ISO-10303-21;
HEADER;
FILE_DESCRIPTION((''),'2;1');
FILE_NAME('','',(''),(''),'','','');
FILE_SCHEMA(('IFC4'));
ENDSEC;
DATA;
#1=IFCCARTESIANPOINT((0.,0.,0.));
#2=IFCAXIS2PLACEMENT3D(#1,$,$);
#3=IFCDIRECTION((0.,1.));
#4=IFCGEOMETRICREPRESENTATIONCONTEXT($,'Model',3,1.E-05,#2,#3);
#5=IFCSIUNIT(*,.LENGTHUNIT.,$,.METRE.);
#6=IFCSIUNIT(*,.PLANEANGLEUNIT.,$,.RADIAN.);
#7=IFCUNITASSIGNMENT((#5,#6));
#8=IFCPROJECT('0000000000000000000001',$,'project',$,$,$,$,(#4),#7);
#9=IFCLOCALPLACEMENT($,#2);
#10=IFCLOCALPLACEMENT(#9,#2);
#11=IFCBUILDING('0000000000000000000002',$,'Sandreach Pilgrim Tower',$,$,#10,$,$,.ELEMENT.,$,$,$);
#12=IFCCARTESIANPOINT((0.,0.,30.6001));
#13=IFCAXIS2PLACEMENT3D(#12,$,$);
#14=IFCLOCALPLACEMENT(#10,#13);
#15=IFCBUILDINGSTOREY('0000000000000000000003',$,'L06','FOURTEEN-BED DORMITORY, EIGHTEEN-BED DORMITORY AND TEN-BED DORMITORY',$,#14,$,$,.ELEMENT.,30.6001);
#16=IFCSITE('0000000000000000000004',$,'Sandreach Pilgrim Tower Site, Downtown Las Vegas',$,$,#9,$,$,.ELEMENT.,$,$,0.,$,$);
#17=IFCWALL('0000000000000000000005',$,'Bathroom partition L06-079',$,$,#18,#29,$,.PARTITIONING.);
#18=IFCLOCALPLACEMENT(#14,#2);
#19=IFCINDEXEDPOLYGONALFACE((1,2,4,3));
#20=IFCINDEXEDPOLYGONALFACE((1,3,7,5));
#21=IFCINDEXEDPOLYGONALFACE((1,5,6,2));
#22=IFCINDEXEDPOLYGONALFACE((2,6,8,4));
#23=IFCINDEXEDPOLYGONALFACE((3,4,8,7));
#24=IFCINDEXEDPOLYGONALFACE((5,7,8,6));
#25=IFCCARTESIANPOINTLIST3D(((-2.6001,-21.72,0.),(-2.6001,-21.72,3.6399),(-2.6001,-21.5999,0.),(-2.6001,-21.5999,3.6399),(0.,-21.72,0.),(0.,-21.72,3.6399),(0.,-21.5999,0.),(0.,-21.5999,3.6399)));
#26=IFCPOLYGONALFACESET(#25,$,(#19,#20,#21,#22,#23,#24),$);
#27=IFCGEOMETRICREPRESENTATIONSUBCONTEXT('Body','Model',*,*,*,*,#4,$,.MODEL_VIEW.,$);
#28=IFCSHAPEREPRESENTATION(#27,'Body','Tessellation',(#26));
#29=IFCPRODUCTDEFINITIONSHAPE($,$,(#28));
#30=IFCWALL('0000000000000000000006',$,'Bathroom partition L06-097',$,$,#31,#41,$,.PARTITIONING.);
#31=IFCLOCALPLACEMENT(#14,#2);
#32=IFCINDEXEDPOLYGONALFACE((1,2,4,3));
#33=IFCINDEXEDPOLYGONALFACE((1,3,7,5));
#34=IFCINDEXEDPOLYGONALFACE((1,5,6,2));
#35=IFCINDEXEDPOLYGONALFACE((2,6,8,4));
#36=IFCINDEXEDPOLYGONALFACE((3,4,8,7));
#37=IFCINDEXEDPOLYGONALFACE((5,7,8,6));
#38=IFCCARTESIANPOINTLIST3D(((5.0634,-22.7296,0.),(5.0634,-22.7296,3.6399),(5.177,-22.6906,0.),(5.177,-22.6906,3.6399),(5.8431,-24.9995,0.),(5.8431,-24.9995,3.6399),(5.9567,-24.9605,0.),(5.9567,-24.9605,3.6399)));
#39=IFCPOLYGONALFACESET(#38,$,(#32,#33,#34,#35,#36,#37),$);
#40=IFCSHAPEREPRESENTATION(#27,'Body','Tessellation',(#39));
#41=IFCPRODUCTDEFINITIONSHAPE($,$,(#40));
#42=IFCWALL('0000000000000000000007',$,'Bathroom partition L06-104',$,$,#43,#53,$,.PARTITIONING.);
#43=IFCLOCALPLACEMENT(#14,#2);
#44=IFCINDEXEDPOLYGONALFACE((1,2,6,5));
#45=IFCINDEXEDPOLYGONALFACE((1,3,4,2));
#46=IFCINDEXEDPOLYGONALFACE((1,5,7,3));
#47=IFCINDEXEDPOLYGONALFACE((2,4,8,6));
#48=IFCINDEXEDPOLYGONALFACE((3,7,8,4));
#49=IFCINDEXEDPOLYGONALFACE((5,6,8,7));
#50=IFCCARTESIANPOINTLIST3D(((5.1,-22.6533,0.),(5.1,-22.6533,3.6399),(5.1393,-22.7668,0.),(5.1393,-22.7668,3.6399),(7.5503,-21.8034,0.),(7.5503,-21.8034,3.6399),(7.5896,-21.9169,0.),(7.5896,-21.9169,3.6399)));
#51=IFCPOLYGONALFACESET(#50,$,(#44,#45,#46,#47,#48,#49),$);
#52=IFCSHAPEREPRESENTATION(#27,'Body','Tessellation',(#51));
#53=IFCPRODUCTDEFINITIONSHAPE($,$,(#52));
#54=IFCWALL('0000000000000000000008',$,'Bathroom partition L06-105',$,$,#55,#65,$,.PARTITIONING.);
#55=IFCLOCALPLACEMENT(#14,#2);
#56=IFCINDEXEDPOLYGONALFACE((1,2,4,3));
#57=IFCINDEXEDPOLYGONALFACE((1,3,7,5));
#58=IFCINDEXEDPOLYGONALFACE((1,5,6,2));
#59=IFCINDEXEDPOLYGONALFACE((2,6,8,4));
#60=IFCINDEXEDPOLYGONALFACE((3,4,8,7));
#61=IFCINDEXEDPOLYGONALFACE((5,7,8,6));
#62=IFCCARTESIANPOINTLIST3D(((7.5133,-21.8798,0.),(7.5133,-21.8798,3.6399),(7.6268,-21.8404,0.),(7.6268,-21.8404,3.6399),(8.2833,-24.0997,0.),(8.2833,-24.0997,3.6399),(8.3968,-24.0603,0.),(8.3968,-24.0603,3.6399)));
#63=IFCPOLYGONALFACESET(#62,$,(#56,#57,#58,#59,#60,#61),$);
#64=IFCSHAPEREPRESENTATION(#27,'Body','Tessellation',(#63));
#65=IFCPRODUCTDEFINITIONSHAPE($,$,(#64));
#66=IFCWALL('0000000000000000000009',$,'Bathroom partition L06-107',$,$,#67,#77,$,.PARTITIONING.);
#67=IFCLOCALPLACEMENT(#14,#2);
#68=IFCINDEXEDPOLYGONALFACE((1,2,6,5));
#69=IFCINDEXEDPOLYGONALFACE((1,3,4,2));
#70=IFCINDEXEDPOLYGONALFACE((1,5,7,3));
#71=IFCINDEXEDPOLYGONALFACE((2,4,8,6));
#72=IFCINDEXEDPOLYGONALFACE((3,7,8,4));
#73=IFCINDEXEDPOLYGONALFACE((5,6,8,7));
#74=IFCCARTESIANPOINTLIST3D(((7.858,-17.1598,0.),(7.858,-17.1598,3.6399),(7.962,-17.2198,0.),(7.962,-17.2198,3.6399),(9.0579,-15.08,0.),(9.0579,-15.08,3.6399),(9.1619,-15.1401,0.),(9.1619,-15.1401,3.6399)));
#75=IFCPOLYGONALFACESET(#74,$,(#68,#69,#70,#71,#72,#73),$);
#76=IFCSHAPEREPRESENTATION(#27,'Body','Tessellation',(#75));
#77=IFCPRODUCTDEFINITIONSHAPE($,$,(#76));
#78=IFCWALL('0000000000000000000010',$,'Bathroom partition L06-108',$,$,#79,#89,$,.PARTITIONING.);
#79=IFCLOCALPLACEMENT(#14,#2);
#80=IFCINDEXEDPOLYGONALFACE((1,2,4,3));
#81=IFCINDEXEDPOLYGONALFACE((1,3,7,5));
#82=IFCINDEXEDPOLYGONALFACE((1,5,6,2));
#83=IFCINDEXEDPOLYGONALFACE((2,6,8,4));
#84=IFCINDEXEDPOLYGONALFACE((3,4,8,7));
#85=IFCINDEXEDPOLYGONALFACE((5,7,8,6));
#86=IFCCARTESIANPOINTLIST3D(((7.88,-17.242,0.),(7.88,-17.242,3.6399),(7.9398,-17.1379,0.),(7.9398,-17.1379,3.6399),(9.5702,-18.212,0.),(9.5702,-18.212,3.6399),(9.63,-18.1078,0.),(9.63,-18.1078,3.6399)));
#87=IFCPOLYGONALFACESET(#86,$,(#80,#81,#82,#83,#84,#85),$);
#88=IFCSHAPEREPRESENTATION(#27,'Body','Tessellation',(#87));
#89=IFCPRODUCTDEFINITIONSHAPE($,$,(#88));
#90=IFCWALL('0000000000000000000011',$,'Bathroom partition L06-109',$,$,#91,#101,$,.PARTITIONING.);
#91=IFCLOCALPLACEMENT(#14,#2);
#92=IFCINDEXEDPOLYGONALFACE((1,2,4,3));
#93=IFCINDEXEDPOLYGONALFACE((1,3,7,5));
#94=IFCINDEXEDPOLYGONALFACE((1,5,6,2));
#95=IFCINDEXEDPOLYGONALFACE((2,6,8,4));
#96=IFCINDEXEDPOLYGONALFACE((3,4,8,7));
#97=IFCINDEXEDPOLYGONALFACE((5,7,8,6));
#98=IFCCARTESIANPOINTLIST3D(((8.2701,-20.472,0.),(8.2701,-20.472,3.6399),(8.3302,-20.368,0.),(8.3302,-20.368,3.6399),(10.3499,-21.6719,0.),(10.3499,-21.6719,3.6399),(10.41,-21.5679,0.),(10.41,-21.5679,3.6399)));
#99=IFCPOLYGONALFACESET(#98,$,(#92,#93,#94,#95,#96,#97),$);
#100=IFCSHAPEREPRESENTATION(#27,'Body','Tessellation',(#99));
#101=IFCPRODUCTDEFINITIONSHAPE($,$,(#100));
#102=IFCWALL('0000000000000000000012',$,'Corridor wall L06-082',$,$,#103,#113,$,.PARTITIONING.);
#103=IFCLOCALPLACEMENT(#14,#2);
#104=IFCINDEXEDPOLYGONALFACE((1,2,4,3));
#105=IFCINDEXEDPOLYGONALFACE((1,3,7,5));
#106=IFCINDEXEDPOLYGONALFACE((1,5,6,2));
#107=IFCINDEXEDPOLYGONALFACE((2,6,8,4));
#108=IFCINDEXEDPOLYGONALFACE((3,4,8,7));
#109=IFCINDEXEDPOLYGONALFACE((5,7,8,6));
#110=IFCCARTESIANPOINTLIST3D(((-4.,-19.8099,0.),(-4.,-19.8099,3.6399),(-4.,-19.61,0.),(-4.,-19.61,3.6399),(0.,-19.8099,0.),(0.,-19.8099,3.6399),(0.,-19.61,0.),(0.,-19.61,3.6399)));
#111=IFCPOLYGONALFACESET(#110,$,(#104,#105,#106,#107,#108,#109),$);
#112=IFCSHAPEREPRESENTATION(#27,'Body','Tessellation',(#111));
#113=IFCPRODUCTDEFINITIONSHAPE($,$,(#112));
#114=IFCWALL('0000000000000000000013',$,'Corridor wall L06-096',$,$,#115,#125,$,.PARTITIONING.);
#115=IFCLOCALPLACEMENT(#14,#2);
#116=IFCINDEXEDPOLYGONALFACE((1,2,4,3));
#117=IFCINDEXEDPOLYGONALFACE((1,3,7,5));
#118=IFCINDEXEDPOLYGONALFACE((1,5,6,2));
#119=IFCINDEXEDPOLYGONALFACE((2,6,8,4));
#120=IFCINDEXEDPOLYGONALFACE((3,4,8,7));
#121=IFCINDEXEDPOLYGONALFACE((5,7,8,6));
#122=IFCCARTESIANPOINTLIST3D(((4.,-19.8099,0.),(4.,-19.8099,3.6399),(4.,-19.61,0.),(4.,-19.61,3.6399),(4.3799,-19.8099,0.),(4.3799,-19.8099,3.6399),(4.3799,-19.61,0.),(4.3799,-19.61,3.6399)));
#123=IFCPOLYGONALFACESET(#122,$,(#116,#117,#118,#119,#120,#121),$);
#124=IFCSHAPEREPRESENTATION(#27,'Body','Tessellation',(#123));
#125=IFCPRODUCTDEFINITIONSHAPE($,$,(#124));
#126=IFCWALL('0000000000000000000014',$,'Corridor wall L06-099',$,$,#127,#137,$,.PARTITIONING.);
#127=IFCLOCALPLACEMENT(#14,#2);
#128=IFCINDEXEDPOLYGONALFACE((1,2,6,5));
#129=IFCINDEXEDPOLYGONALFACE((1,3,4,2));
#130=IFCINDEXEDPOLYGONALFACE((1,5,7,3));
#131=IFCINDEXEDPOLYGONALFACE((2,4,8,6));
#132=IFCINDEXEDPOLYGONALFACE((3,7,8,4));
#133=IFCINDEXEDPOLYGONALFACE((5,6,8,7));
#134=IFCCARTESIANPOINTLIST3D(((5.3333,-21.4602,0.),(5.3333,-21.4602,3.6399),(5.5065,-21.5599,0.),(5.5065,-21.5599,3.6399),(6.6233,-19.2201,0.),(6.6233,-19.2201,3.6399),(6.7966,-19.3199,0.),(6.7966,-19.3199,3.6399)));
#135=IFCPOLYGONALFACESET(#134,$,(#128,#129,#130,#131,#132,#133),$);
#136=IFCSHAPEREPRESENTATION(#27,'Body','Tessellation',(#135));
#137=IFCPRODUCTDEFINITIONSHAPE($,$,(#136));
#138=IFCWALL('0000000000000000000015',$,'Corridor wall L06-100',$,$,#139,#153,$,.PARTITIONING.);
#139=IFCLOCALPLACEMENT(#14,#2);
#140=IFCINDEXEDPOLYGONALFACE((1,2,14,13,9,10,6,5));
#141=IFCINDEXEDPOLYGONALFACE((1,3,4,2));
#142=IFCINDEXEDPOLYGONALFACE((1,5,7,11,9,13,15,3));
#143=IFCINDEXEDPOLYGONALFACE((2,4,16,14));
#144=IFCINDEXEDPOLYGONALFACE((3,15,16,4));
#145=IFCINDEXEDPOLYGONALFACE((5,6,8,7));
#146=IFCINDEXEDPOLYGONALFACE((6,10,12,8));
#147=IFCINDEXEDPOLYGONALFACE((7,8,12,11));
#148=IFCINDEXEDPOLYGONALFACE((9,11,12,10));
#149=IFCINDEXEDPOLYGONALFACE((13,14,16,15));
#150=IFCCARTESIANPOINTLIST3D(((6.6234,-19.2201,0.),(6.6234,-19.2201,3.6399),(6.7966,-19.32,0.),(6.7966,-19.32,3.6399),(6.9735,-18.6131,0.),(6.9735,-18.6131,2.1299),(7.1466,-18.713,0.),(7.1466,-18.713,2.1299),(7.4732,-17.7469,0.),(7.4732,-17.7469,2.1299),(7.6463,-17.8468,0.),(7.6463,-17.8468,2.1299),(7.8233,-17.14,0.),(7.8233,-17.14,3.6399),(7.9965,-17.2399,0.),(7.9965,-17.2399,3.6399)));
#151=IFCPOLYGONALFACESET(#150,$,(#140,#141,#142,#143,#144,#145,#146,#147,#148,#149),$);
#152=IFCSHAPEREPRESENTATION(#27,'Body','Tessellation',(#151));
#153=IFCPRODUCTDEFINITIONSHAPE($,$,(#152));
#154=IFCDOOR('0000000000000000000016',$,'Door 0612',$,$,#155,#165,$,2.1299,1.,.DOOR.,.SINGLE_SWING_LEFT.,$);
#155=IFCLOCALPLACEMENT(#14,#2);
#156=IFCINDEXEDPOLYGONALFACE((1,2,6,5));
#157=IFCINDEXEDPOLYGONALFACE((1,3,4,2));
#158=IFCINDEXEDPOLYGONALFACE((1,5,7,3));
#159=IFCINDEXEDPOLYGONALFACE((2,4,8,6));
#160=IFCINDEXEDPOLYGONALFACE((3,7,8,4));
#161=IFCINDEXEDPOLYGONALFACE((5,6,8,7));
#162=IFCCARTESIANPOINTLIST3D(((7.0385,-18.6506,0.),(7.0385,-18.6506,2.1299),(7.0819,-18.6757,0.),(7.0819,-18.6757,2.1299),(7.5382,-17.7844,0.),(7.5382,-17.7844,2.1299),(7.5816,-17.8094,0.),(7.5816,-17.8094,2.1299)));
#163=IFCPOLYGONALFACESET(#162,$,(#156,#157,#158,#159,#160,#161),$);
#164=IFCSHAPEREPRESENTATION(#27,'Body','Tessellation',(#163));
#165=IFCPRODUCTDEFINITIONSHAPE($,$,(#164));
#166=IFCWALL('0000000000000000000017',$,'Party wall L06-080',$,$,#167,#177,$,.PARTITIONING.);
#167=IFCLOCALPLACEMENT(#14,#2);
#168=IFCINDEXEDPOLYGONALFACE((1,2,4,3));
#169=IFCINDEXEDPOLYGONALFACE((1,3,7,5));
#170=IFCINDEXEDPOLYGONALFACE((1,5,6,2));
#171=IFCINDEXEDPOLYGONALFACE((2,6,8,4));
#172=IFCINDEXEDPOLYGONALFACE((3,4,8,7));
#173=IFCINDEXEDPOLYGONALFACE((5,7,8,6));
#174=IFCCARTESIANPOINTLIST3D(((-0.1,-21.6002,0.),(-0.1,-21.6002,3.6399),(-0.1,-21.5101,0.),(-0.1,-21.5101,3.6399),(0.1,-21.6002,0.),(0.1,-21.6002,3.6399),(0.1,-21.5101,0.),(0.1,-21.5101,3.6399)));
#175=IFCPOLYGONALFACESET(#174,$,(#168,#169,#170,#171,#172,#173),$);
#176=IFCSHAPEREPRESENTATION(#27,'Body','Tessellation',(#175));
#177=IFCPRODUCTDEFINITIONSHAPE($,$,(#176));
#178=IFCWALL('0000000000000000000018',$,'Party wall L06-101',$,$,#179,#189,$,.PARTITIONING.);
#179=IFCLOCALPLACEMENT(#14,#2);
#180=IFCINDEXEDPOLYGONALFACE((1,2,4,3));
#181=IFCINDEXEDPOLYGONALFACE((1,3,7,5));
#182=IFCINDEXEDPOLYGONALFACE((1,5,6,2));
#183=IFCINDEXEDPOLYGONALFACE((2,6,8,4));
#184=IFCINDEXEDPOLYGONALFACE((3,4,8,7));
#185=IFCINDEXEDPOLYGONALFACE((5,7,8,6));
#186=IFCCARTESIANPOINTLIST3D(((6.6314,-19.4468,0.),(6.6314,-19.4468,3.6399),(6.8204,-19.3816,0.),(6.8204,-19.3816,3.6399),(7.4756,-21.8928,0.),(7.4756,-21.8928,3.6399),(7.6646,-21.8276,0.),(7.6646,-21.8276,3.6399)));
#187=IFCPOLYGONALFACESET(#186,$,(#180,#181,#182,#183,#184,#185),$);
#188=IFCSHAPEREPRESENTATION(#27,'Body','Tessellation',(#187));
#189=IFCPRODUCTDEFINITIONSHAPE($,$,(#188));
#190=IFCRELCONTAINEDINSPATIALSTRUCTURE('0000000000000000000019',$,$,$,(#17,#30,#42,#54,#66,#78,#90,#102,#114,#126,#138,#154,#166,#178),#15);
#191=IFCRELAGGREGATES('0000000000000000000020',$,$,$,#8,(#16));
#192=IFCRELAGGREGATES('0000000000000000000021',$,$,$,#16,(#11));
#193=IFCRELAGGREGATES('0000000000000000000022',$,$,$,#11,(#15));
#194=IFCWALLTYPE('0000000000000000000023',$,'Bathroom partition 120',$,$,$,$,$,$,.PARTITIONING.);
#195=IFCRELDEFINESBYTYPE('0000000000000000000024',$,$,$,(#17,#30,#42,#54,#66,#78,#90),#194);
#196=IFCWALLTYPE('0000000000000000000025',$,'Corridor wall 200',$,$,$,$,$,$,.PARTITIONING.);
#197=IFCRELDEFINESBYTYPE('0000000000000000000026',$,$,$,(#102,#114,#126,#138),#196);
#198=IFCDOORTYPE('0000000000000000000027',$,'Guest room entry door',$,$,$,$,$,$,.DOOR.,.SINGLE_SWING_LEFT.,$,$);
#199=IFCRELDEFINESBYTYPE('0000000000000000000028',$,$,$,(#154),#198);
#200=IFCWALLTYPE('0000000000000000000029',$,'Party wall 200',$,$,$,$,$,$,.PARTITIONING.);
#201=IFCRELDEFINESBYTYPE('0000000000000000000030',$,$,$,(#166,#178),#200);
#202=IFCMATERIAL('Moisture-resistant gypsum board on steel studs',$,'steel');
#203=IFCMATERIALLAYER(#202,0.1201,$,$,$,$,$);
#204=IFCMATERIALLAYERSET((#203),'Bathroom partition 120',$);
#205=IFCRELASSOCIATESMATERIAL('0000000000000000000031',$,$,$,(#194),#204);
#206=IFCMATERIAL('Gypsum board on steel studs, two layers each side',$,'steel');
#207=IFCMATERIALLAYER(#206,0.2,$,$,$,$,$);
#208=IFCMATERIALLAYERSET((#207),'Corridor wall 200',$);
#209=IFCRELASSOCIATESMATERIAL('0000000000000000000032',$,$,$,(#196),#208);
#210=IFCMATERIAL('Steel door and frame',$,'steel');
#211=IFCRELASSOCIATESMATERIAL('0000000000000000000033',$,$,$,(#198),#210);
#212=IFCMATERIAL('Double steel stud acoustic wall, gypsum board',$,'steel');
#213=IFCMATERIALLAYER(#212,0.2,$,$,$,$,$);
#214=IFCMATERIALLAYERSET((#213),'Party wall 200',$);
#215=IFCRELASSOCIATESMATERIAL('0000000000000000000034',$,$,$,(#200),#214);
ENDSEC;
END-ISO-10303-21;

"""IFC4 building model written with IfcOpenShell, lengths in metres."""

from ifc_helpers import new_model, si_unit, direction, frame, frame_2d, origin, place, context, subcontext, project, spatial, rectangle, extrude, material, layer, layer_set, type_object, element, fill, save


model = new_model("IFC4")

# Units and contexts
model_context = context("Model", 3, precision=1e-05, world=origin(), true_north=direction((0.0, 1.0)))
body_context = subcontext(model_context, "Body", "Model", "MODEL_VIEW")
ifc_project = project(units=[si_unit("LENGTHUNIT", "METRE"), si_unit("PLANEANGLEUNIT", "RADIAN")], contexts=[model_context])

# Site, building, storey
site_placement = place(None, origin())
site = spatial("IfcSite", under=ifc_project, at=site_placement, Name="Sandreach Pilgrim Tower Site, Downtown Las Vegas", CompositionType="ELEMENT", RefElevation=0.0)
building_placement = place(site_placement, origin())
building = spatial("IfcBuilding", under=site, at=building_placement, Name="Sandreach Pilgrim Tower", CompositionType="ELEMENT")
storey_placement = place(building_placement, frame((0.0, 0.0, 30.6001)))
storey = spatial("IfcBuildingStorey", under=building, at=storey_placement, Name="L06", Description="FOURTEEN-BED DORMITORY, EIGHTEEN-BED DORMITORY AND TEN-BED DORMITORY", CompositionType="ELEMENT", Elevation=30.6001)

# Walls
ifc_material_1 = material(Name="Moisture-resistant gypsum board on steel studs", Category="steel")
ifc_layer_1 = layer(ifc_material_1, 0.1201)
ifc_layer_set_1 = layer_set([ifc_layer_1], Name="Bathroom partition 120")
wall_type_1 = type_object("IfcWallType", Name="Bathroom partition 120", PredefinedType="PARTITIONING", material=ifc_layer_set_1)
wall_1_placement = place(storey_placement, frame((0.0, -21.6599, 0.0), z_axis=(0.0, 0.0, 1.0), x_axis=(-1.0, 0.0, 0.0)))
element("IfcWall", 1, at=wall_1_placement, inside=storey, type_object=wall_type_1, Name="Bathroom partition L06-079", PredefinedType="PARTITIONING", context=body_context, shape_type="SweptSolid", body=[
    extrude(rectangle(XDim=2.6001, YDim=0.1201, at=frame_2d((1.3, 0.0))), origin(), (0.0, 0.0, 1.0), 3.6399),
])
wall_2_placement = place(storey_placement, frame((5.1201, -22.71, 0.0), z_axis=(0.0, 0.0, 1.0), x_axis=(0.324881, -0.945755, 0.0)))
element("IfcWall", 2, at=wall_2_placement, inside=storey, type_object=wall_type_1, Name="Bathroom partition L06-097", PredefinedType="PARTITIONING", context=body_context, shape_type="SweptSolid", body=[
    extrude(rectangle(XDim=2.4001, YDim=0.1201, at=frame_2d((1.2002, 0.0))), origin(), (0.0, 0.0, 1.0), 3.6399),
])
wall_3_placement = place(storey_placement, frame((7.5701, -21.8601, 0.0), z_axis=(0.0, 0.0, 1.0), x_axis=(-0.944782, -0.327699, 0.0)))
element("IfcWall", 3, at=wall_3_placement, inside=storey, type_object=wall_type_1, Name="Bathroom partition L06-104", PredefinedType="PARTITIONING", context=body_context, shape_type="SweptSolid", body=[
    extrude(rectangle(XDim=2.5935, YDim=0.1201, at=frame_2d((1.2969, 0.0))), origin(), (0.0, 0.0, 1.0), 3.6399),
])
wall_4_placement = place(storey_placement, frame((7.5701, -21.8601, 0.0), z_axis=(0.0, 0.0, 1.0), x_axis=(0.327706, -0.94478, 0.0)))
element("IfcWall", 4, at=wall_4_placement, inside=storey, type_object=wall_type_1, Name="Bathroom partition L06-105", PredefinedType="PARTITIONING", context=body_context, shape_type="SweptSolid", body=[
    extrude(rectangle(XDim=2.3496, YDim=0.1201, at=frame_2d((1.1748, 0.0))), origin(), (0.0, 0.0, 1.0), 3.6399),
])
wall_5_placement = place(storey_placement, frame((7.9099, -17.1899, 0.0), z_axis=(0.0, 0.0, 1.0), x_axis=(0.499737, 0.866177, 0.0)))
element("IfcWall", 5, at=wall_5_placement, inside=storey, type_object=wall_type_1, Name="Bathroom partition L06-107", PredefinedType="PARTITIONING", context=body_context, shape_type="SweptSolid", body=[
    extrude(rectangle(XDim=2.4011, YDim=0.1201, at=frame_2d((1.2007, 0.0))), origin(), (0.0, 0.0, 1.0), 3.6399),
])
wall_6_placement = place(storey_placement, frame((7.9099, -17.1899, 0.0), z_axis=(0.0, 0.0, 1.0), x_axis=(0.867324, -0.497744, 0.0)))
element("IfcWall", 6, at=wall_6_placement, inside=storey, type_object=wall_type_1, Name="Bathroom partition L06-108", PredefinedType="PARTITIONING", context=body_context, shape_type="SweptSolid", body=[
    extrude(rectangle(XDim=1.9487, YDim=0.1201, at=frame_2d((0.9744, 0.0))), origin(), (0.0, 0.0, 1.0), 3.6399),
])
wall_7_placement = place(storey_placement, frame((8.3, -20.4199, 0.0), z_axis=(0.0, 0.0, 1.0), x_axis=(0.866177, -0.499737, 0.0)))
element("IfcWall", 7, at=wall_7_placement, inside=storey, type_object=wall_type_1, Name="Bathroom partition L06-109", PredefinedType="PARTITIONING", context=body_context, shape_type="SweptSolid", body=[
    extrude(rectangle(XDim=2.4011, YDim=0.1201, at=frame_2d((1.2007, 0.0))), origin(), (0.0, 0.0, 1.0), 3.6399),
])

# Shared definitions
ifc_material_2 = material(Name="Gypsum board on steel studs, two layers each side", Category="steel")
ifc_layer_2 = layer(ifc_material_2, 0.2)
ifc_layer_set_2 = layer_set([ifc_layer_2], Name="Corridor wall 200")
wall_type_2 = type_object("IfcWallType", Name="Corridor wall 200", PredefinedType="PARTITIONING", material=ifc_layer_set_2)
ifc_material_3 = material(Name="Steel door and frame", Category="steel")
door_type_1 = type_object("IfcDoorType", Name="Guest room entry door", OperationType="SINGLE_SWING_LEFT", PredefinedType="DOOR", material=ifc_material_3)

# Wall
wall_8_placement = place(storey_placement, frame((0.0, -19.71, 0.0), z_axis=(0.0, 0.0, 1.0), x_axis=(-1.0, 0.0, 0.0)))
element("IfcWall", 8, at=wall_8_placement, inside=storey, type_object=wall_type_2, Name="Corridor wall L06-082", PredefinedType="PARTITIONING", context=body_context, shape_type="SweptSolid", body=[
    extrude(rectangle(XDim=4.0, YDim=0.2, at=frame_2d((2.0, 0.0))), origin(), (0.0, 0.0, 1.0), 3.6399),
])

# Walls
wall_9_placement = place(storey_placement, frame((4.3799, -19.71, 0.0), z_axis=(0.0, 0.0, 1.0), x_axis=(-1.0, 0.0, 0.0)))
element("IfcWall", 9, at=wall_9_placement, inside=storey, type_object=wall_type_2, Name="Corridor wall L06-096", PredefinedType="PARTITIONING", context=body_context, shape_type="SweptSolid", body=[
    extrude(rectangle(XDim=0.3799, YDim=0.2, at=frame_2d((0.1899, 0.0))), origin(), (0.0, 0.0, 1.0), 3.6399),
])
wall_10_placement = place(storey_placement, frame((6.71, -19.27, 0.0), z_axis=(0.0, 0.0, 1.0), x_axis=(-0.499065, -0.866564, 0.0)))
element("IfcWall", 10, at=wall_10_placement, inside=storey, type_object=wall_type_2, Name="Corridor wall L06-099", PredefinedType="PARTITIONING", context=body_context, shape_type="SweptSolid", body=[
    extrude(rectangle(XDim=2.585, YDim=0.2, at=frame_2d((1.2925, 0.0))), origin(), (0.0, 0.0, 1.0), 3.6399),
])

# Wall, opening, door
wall_11_placement = place(storey_placement, frame((6.71, -19.27, 0.0), z_axis=(0.0, 0.0, 1.0), x_axis=(0.499693, 0.866203, 0.0)))
wall_11 = element("IfcWall", 11, at=wall_11_placement, inside=storey, type_object=wall_type_2, Name="Corridor wall L06-100", PredefinedType="PARTITIONING", context=body_context, shape_type="SweptSolid", body=[
    extrude(rectangle(XDim=2.4014, YDim=0.2, at=frame_2d((1.2007, 0.0))), origin(), (0.0, 0.0, 1.0), 3.6399),
])
opening_1_placement = place(wall_11_placement, frame((0.7007, 0.0, 0.0)))
opening_1 = element("IfcOpeningElement", 12, at=opening_1_placement, cuts=wall_11, PredefinedType="OPENING", context=body_context, shape_type="SweptSolid", body=[
    extrude(rectangle(XDim=1.0, YDim=2.1299, at=frame_2d((0.5, 1.0649))), frame((0.0, 0.1001, 0.0), z_axis=(0.0, -1.0, 0.0), x_axis=(1.0, 0.0, 0.0)), (0.0, 0.0, 1.0), 0.2),
])
door_1_placement = place(opening_1_placement, origin())
door_1 = element("IfcDoor", 13, at=door_1_placement, inside=storey, type_object=door_type_1, Name="Door 0612", OperationType="SINGLE_SWING_LEFT", OverallHeight=2.1299, OverallWidth=1.0, PredefinedType="DOOR", context=body_context, shape_type="SweptSolid", body=[
    extrude(rectangle(XDim=1.0, YDim=2.1299, at=frame_2d((0.5, 1.0649))), frame((0.0, 0.0249, 0.0), z_axis=(0.0, -1.0, 0.0), x_axis=(1.0, 0.0, 0.0)), (0.0, 0.0, 1.0), 0.05),
])
fill(opening_1, door_1)

# Walls
ifc_material_4 = material(Name="Double steel stud acoustic wall, gypsum board", Category="steel")
ifc_layer_3 = layer(ifc_material_4, 0.2)
ifc_layer_set_3 = layer_set([ifc_layer_3], Name="Party wall 200")
wall_type_3 = type_object("IfcWallType", Name="Party wall 200", PredefinedType="PARTITIONING", material=ifc_layer_set_3)
wall_12_placement = place(storey_placement, frame((0.0, -21.6001, 0.0), z_axis=(0.0, 0.0, 1.0), x_axis=(0.0, 1.0, 0.0)))
element("IfcWall", 14, at=wall_12_placement, inside=storey, type_object=wall_type_3, Name="Party wall L06-080", PredefinedType="PARTITIONING", context=body_context, shape_type="SweptSolid", body=[
    extrude(rectangle(XDim=0.0901, YDim=0.2, at=frame_2d((0.0449, 0.0))), origin(), (0.0, 0.0, 1.0), 3.6399),
])
wall_13_placement = place(storey_placement, frame((6.7258, -19.4141, 0.0), z_axis=(0.0, 0.0, 1.0), x_axis=(0.326258, -0.945281, 0.0)))
element("IfcWall", 15, at=wall_13_placement, inside=storey, type_object=wall_type_3, Name="Party wall L06-101", PredefinedType="PARTITIONING", context=body_context, shape_type="SweptSolid", body=[
    extrude(rectangle(XDim=2.5876, YDim=0.2, at=frame_2d((1.2939, 0.0))), origin(), (0.0, 0.0, 1.0), 3.6399),
])

save(model, "model.ifc")
